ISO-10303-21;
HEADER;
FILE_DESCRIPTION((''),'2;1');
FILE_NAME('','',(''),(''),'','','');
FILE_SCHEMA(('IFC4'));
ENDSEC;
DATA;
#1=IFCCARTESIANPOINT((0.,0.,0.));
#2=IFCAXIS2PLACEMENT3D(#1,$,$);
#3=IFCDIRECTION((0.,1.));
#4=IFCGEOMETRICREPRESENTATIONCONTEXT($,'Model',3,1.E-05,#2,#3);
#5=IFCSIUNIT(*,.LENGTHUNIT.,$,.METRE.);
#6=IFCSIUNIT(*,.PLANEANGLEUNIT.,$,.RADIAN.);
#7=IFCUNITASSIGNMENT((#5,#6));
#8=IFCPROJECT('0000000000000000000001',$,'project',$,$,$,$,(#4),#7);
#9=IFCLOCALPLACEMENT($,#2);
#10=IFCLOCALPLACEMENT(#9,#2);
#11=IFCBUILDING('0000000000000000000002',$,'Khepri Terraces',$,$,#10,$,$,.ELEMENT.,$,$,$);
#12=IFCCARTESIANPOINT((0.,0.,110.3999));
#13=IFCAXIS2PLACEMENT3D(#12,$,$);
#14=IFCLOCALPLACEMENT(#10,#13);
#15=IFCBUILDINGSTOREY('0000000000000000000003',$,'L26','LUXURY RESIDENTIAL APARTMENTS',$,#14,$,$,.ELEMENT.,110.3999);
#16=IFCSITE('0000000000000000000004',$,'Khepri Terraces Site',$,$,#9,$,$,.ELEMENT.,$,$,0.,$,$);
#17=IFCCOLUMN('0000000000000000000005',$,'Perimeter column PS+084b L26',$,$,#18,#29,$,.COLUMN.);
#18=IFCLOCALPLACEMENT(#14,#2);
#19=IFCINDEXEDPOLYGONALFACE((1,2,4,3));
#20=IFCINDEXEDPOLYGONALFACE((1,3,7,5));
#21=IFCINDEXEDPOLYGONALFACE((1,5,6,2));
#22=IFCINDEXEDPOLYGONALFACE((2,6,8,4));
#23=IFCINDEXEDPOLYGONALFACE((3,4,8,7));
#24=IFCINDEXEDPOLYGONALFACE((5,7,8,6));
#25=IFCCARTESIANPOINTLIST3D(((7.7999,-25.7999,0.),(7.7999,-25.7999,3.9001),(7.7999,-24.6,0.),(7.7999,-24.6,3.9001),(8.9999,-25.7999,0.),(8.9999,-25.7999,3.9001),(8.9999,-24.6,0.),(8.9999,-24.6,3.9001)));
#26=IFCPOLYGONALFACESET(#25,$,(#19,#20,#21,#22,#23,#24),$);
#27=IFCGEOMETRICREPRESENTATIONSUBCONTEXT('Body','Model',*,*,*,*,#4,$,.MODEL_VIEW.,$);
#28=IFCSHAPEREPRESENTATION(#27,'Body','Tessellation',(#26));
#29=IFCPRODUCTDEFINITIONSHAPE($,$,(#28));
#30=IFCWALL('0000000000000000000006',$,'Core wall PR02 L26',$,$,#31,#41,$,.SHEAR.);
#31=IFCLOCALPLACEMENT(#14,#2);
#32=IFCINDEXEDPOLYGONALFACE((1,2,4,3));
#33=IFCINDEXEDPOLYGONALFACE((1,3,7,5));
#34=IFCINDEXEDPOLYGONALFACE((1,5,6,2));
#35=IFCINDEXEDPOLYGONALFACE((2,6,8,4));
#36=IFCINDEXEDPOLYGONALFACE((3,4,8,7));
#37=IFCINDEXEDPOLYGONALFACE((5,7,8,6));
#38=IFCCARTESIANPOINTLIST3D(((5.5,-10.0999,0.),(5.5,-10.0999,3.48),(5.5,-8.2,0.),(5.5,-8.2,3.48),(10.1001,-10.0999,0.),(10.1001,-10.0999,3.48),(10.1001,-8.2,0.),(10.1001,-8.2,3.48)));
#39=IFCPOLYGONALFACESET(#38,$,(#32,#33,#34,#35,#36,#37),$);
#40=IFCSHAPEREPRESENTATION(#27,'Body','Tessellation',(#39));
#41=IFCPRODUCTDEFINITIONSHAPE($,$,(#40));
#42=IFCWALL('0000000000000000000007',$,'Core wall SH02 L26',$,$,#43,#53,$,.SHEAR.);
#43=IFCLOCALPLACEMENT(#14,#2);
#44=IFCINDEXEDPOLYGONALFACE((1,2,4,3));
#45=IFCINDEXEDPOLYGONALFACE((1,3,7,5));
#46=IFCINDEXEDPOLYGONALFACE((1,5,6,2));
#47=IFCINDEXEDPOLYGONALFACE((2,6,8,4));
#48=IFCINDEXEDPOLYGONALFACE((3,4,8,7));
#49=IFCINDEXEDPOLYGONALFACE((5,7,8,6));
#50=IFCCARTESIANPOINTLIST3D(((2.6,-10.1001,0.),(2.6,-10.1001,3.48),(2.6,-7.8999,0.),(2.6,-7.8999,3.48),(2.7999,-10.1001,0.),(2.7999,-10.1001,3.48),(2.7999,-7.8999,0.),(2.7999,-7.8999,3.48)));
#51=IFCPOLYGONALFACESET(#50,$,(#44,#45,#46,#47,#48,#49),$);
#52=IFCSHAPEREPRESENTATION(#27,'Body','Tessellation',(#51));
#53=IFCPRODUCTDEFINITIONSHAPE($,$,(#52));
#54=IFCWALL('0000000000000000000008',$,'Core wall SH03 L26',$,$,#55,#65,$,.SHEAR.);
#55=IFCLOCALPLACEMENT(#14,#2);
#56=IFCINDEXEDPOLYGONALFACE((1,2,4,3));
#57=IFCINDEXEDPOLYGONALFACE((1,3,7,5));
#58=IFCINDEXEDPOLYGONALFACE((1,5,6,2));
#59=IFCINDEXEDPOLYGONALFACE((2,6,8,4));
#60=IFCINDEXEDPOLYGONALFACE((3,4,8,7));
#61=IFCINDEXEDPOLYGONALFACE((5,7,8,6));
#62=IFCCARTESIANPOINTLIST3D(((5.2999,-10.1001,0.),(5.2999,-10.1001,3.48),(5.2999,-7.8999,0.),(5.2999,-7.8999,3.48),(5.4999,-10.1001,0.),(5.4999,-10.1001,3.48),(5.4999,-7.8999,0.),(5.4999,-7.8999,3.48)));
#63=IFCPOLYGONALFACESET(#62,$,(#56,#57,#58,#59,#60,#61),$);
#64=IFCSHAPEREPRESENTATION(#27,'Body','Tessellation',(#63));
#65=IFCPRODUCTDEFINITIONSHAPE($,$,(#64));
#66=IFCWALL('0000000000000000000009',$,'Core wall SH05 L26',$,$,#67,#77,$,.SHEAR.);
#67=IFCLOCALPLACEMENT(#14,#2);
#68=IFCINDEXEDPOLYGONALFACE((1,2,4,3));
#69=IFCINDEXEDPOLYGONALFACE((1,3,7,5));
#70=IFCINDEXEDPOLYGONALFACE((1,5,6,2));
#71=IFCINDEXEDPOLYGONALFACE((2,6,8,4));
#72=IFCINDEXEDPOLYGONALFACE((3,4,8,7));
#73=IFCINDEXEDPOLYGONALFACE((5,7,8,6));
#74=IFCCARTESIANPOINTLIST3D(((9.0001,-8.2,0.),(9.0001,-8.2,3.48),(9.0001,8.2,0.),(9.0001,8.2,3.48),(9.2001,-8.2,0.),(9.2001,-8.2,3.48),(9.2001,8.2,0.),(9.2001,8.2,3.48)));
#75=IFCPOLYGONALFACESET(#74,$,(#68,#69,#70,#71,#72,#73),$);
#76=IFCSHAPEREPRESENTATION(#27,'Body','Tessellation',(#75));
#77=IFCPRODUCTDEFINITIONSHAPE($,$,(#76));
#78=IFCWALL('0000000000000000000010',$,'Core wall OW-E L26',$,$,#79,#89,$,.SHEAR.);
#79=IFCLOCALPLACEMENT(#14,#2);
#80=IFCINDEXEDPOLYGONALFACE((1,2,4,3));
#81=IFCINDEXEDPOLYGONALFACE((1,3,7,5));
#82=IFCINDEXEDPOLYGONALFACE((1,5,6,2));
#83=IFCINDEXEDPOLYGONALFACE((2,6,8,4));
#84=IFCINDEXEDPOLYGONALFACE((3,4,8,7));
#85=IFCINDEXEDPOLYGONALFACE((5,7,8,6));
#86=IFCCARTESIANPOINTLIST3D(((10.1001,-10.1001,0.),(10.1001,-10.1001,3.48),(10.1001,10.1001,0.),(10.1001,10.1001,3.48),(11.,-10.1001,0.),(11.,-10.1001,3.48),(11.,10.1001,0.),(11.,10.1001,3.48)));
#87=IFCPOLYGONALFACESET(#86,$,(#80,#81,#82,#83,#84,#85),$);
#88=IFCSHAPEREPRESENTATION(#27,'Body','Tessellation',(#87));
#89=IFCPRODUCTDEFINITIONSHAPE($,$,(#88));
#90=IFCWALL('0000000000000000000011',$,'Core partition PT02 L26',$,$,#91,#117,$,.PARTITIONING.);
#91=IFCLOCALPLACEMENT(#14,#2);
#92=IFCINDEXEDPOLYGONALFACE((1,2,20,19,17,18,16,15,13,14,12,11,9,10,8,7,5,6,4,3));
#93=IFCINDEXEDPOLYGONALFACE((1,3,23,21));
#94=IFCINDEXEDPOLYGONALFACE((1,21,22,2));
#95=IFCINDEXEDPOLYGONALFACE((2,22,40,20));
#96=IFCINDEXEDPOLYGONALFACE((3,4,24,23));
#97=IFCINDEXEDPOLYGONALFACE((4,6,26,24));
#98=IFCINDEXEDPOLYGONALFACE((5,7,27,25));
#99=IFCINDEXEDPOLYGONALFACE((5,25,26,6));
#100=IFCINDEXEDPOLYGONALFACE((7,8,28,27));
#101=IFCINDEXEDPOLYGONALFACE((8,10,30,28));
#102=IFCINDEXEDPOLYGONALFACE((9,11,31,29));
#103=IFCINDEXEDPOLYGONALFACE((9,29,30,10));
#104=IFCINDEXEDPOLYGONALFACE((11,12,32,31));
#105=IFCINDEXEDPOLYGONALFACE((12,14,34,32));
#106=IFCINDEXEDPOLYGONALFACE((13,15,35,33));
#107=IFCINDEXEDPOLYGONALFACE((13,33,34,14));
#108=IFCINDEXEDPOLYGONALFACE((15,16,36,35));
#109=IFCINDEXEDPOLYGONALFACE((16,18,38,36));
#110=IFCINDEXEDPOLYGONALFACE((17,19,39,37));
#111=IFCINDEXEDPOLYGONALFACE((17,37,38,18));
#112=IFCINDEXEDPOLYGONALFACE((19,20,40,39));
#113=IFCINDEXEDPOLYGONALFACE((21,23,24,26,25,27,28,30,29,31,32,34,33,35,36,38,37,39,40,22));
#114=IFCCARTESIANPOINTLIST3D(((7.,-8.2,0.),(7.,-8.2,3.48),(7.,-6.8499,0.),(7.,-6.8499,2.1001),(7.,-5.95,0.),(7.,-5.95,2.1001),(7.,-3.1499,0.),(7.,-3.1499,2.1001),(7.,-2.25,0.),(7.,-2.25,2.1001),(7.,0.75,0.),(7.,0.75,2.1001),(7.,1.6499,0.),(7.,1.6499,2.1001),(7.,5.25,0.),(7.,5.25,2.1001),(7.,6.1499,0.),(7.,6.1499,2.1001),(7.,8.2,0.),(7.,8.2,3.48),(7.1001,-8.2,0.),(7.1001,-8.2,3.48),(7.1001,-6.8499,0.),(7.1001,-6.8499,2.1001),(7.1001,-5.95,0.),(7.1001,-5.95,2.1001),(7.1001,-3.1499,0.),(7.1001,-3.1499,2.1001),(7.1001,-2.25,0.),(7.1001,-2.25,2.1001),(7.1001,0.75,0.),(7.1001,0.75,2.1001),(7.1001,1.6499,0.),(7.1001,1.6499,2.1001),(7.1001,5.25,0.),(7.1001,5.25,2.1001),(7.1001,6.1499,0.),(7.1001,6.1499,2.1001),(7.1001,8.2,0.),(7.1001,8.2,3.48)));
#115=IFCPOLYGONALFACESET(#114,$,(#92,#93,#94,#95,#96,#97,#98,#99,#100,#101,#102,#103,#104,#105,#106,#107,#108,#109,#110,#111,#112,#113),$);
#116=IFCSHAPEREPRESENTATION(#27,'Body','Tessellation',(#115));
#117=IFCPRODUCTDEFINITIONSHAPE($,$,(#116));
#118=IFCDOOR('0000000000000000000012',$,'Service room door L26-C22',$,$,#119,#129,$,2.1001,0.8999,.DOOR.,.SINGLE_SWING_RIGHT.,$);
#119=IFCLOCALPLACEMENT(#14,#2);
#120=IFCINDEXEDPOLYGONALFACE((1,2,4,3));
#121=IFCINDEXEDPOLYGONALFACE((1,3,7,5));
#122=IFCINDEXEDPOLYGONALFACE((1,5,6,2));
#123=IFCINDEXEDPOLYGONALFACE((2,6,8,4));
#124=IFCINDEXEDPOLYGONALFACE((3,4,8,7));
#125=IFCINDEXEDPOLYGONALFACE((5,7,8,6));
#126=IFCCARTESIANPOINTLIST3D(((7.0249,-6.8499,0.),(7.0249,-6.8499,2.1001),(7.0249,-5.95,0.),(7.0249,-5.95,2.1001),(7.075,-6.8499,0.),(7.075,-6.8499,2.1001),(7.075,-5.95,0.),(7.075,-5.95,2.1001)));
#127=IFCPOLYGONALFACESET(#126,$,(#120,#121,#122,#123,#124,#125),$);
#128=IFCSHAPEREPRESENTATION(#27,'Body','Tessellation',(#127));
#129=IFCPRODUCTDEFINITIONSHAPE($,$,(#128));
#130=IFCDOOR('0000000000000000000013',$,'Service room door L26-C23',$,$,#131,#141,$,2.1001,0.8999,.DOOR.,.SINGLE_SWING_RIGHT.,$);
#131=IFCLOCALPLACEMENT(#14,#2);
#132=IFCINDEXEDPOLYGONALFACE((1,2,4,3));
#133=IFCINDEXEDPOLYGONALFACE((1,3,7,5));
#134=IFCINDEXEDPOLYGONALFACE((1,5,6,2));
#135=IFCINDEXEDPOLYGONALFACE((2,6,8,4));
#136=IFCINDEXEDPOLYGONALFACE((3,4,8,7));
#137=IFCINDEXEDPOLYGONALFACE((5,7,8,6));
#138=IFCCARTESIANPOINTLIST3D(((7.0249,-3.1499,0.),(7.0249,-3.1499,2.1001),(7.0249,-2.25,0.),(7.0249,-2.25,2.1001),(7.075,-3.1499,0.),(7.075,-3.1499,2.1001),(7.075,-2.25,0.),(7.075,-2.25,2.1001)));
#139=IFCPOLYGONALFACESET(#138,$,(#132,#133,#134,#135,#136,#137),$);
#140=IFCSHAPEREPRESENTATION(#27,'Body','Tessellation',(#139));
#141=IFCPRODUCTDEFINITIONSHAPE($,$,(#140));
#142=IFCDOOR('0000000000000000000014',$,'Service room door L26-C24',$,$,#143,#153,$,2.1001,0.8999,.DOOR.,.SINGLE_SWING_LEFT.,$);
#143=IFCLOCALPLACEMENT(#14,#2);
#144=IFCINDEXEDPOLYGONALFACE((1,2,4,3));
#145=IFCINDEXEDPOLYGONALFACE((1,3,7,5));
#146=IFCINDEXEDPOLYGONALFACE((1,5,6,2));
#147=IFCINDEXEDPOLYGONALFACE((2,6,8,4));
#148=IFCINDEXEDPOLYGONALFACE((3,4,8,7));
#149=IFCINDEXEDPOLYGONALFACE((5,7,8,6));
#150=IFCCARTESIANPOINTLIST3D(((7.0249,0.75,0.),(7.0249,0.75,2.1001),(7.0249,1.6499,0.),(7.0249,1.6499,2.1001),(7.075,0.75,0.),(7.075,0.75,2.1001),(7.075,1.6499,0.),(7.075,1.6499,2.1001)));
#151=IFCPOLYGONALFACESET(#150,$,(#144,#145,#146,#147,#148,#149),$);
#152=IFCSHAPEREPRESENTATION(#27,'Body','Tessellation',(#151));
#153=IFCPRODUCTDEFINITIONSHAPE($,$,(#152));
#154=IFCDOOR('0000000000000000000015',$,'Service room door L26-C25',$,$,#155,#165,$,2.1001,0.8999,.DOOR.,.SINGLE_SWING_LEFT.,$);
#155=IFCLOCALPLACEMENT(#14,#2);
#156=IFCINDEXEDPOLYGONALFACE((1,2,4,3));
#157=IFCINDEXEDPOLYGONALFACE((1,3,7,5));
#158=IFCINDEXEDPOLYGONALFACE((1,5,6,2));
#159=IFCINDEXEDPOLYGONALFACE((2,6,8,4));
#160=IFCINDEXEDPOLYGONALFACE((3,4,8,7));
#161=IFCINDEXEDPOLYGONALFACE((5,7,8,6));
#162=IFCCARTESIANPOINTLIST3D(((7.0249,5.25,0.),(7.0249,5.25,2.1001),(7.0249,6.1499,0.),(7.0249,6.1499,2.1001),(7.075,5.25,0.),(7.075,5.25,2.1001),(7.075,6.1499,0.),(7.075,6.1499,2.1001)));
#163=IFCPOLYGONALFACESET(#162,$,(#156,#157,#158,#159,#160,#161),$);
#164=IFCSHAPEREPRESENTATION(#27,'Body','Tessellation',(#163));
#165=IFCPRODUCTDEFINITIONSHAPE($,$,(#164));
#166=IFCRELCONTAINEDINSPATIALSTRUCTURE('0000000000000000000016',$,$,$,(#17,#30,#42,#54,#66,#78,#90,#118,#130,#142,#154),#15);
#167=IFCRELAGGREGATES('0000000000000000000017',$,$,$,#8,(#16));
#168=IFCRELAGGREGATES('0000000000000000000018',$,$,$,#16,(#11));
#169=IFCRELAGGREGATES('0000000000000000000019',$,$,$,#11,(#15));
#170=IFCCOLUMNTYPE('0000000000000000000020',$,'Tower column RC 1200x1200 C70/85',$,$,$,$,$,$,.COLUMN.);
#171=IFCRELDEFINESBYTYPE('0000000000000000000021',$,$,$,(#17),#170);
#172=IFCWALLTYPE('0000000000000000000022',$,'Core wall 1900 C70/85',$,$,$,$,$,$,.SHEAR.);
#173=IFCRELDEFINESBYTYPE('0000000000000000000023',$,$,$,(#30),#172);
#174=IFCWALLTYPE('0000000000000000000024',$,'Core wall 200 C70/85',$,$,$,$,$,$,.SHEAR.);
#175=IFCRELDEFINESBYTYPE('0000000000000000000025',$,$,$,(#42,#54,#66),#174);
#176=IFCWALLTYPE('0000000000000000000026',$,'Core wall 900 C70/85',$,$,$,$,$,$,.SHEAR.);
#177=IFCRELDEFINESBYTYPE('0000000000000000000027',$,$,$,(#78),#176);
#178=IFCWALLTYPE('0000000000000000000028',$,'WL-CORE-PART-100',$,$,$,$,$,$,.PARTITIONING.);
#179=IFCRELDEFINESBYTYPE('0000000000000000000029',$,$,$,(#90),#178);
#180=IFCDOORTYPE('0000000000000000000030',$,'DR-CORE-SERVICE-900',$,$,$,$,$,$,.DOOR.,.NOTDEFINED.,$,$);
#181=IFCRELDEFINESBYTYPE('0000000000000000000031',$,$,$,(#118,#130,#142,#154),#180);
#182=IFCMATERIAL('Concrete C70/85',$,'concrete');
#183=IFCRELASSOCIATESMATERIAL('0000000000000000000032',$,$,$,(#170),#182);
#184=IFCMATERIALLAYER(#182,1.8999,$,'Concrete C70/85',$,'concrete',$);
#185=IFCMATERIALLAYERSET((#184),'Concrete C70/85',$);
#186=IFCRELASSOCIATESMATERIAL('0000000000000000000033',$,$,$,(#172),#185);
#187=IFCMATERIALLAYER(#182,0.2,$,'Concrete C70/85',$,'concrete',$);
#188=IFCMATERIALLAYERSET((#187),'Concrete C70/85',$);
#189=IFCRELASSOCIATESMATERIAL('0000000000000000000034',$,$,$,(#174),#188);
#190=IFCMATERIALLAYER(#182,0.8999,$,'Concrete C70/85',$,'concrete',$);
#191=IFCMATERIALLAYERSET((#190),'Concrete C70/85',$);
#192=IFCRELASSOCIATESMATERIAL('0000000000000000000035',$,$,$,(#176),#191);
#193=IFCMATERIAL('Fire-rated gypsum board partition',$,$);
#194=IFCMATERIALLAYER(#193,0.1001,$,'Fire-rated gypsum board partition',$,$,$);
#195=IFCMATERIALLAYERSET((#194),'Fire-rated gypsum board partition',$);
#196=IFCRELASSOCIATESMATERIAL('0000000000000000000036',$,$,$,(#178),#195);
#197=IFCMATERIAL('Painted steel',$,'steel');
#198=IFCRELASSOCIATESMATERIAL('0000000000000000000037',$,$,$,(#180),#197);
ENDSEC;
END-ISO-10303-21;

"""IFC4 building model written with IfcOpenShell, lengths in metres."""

from ifc_helpers import new_model, si_unit, direction, frame, frame_2d, origin, origin_2d, place, context, subcontext, project, spatial, rectangle, extrude, material, layer, layer_set, material_profile, profile_set, type_object, element, fill, save


model = new_model("IFC4")

# Units and contexts
model_context = context("Model", 3, precision=1e-05, world=origin(), true_north=direction((0.0, 1.0)))
body_context = subcontext(model_context, "Body", "Model", "MODEL_VIEW")
ifc_project = project(units=[si_unit("LENGTHUNIT", "METRE"), si_unit("PLANEANGLEUNIT", "RADIAN")], contexts=[model_context])

# Site, building, storey
site_placement = place(None, origin())
site = spatial("IfcSite", under=ifc_project, at=site_placement, Name="Khepri Terraces Site", CompositionType="ELEMENT", RefElevation=0.0)
building_placement = place(site_placement, origin())
building = spatial("IfcBuilding", under=site, at=building_placement, Name="Khepri Terraces", CompositionType="ELEMENT")
storey_placement = place(building_placement, frame((0.0, 0.0, 110.3999)))
storey = spatial("IfcBuildingStorey", under=building, at=storey_placement, Name="L26", Description="LUXURY RESIDENTIAL APARTMENTS", CompositionType="ELEMENT", Elevation=110.3999)

# Column
ifc_material_1 = material(Name="Concrete C70/85", Category="concrete")
ifc_material_profile = material_profile(ifc_material_1, rectangle(XDim=1.2, YDim=1.2, at=origin_2d()), Name="Concrete C70/85", Category="concrete")
ifc_profile_set = profile_set([ifc_material_profile], Name="Concrete C70/85")
column_type = type_object("IfcColumnType", Name="Tower column RC 1200x1200 C70/85", PredefinedType="COLUMN", material=ifc_profile_set)
column_placement = place(storey_placement, frame((8.3999, -25.2, 0.0), z_axis=(0.0, 0.0, 1.0), x_axis=(1.0, 0.0, 0.0)))
element("IfcColumn", 1, at=column_placement, inside=storey, type_object=column_type, Name="Perimeter column PS+084b L26", PredefinedType="COLUMN", context=body_context, shape_type="SweptSolid", body=[
    extrude(rectangle(XDim=1.2, YDim=1.2, at=origin_2d()), origin(), (0.0, 0.0, 1.0), 3.9001),
])

# Walls
ifc_layer_1 = layer(ifc_material_1, 1.8999, Name="Concrete C70/85", Category="concrete")
ifc_layer_set_1 = layer_set([ifc_layer_1], Name="Concrete C70/85")
wall_type_1 = type_object("IfcWallType", Name="Core wall 1900 C70/85", PredefinedType="SHEAR", material=ifc_layer_set_1)
wall_1_placement = place(storey_placement, frame((5.5, -9.1499, 0.0), z_axis=(0.0, 0.0, 1.0), x_axis=(1.0, 0.0, 0.0)))
element("IfcWall", 2, at=wall_1_placement, inside=storey, type_object=wall_type_1, Name="Core wall PR02 L26", PredefinedType="SHEAR", context=body_context, shape_type="SweptSolid", body=[
    extrude(rectangle(XDim=4.6001, YDim=1.8999, at=frame_2d((2.3, 0.0))), origin(), (0.0, 0.0, 1.0), 3.48),
])
ifc_layer_2 = layer(ifc_material_1, 0.2, Name="Concrete C70/85", Category="concrete")
ifc_layer_set_2 = layer_set([ifc_layer_2], Name="Concrete C70/85")
wall_type_2 = type_object("IfcWallType", Name="Core wall 200 C70/85", PredefinedType="SHEAR", material=ifc_layer_set_2)
for number, where, z_axis, x_axis, name in (
    (3, (2.7, -10.1001, 0.0), (0.0, 0.0, 1.0), (0.0, 1.0, 0.0), "Core wall SH02 L26"),
    (4, (5.3999, -10.1001, 0.0), (0.0, 0.0, 1.0), (0.0, 1.0, 0.0), "Core wall SH03 L26"),
):
    element("IfcWall", number, at=place(storey_placement, frame(where, z_axis=z_axis, x_axis=x_axis)), inside=storey, type_object=wall_type_2, Name=name, PredefinedType="SHEAR", context=body_context, shape_type="SweptSolid", body=[
        extrude(rectangle(XDim=2.2002, YDim=0.2, at=frame_2d((1.1001, 0.0))), origin(), (0.0, 0.0, 1.0), 3.48),
    ])
wall_2_placement = place(storey_placement, frame((9.1001, -8.2, 0.0), z_axis=(0.0, 0.0, 1.0), x_axis=(0.0, 1.0, 0.0)))
element("IfcWall", 5, at=wall_2_placement, inside=storey, type_object=wall_type_2, Name="Core wall SH05 L26", PredefinedType="SHEAR", context=body_context, shape_type="SweptSolid", body=[
    extrude(rectangle(XDim=16.3999, YDim=0.2, at=frame_2d((8.2, 0.0))), origin(), (0.0, 0.0, 1.0), 3.48),
])
ifc_layer_3 = layer(ifc_material_1, 0.8999, Name="Concrete C70/85", Category="concrete")
ifc_layer_set_3 = layer_set([ifc_layer_3], Name="Concrete C70/85")
wall_type_3 = type_object("IfcWallType", Name="Core wall 900 C70/85", PredefinedType="SHEAR", material=ifc_layer_set_3)
wall_3_placement = place(storey_placement, frame((10.55, -10.1001, 0.0), z_axis=(0.0, 0.0, 1.0), x_axis=(0.0, 1.0, 0.0)))
element("IfcWall", 6, at=wall_3_placement, inside=storey, type_object=wall_type_3, Name="Core wall OW-E L26", PredefinedType="SHEAR", context=body_context, shape_type="SweptSolid", body=[
    extrude(rectangle(XDim=20.2002, YDim=0.8999, at=frame_2d((10.1001, 0.0))), origin(), (0.0, 0.0, 1.0), 3.48),
])

# Wall, openings, doors
ifc_material_2 = material(Name="Fire-rated gypsum board partition")
ifc_layer_4 = layer(ifc_material_2, 0.1001, Name="Fire-rated gypsum board partition")
ifc_layer_set_4 = layer_set([ifc_layer_4], Name="Fire-rated gypsum board partition")
wall_type_4 = type_object("IfcWallType", Name="WL-CORE-PART-100", PredefinedType="PARTITIONING", material=ifc_layer_set_4)
wall_4_placement = place(storey_placement, frame((7.05, -8.2, 0.0), z_axis=(0.0, 0.0, 1.0), x_axis=(0.0, 1.0, 0.0)))
wall_4 = element("IfcWall", 7, at=wall_4_placement, inside=storey, type_object=wall_type_4, Name="Core partition PT02 L26", PredefinedType="PARTITIONING", context=body_context, shape_type="SweptSolid", body=[
    extrude(rectangle(XDim=16.3999, YDim=0.1001, at=frame_2d((8.2, 0.0))), origin(), (0.0, 0.0, 1.0), 3.48),
])
opening_1_placement = place(wall_4_placement, frame((1.3501, 0.0, 0.0)))
opening_1 = element("IfcOpeningElement", 8, at=opening_1_placement, cuts=wall_4, PredefinedType="OPENING", context=body_context, shape_type="SweptSolid", body=[
    extrude(rectangle(XDim=0.8999, YDim=2.1001, at=frame_2d((0.45, 1.05))), frame((0.0, 0.0601, 0.0), z_axis=(0.0, -1.0, 0.0), x_axis=(1.0, 0.0, 0.0)), (0.0, 0.0, 1.0), 0.1201),
])
opening_2_placement = place(wall_4_placement, frame((5.05, 0.0, 0.0)))
opening_2 = element("IfcOpeningElement", 9, at=opening_2_placement, cuts=wall_4, PredefinedType="OPENING", context=body_context, shape_type="SweptSolid", body=[
    extrude(rectangle(XDim=0.8999, YDim=2.1001, at=frame_2d((0.45, 1.05))), frame((0.0, 0.0601, 0.0), z_axis=(0.0, -1.0, 0.0), x_axis=(1.0, 0.0, 0.0)), (0.0, 0.0, 1.0), 0.1201),
])
opening_3_placement = place(wall_4_placement, frame((8.95, 0.0, 0.0)))
opening_3 = element("IfcOpeningElement", 10, at=opening_3_placement, cuts=wall_4, PredefinedType="OPENING", context=body_context, shape_type="SweptSolid", body=[
    extrude(rectangle(XDim=0.8999, YDim=2.1001, at=frame_2d((0.45, 1.05))), frame((0.0, 0.0601, 0.0), z_axis=(0.0, -1.0, 0.0), x_axis=(1.0, 0.0, 0.0)), (0.0, 0.0, 1.0), 0.1201),
])
opening_4_placement = place(wall_4_placement, frame((13.45, 0.0, 0.0)))
opening_4 = element("IfcOpeningElement", 11, at=opening_4_placement, cuts=wall_4, PredefinedType="OPENING", context=body_context, shape_type="SweptSolid", body=[
    extrude(rectangle(XDim=0.8999, YDim=2.1001, at=frame_2d((0.45, 1.05))), frame((0.0, 0.0601, 0.0), z_axis=(0.0, -1.0, 0.0), x_axis=(1.0, 0.0, 0.0)), (0.0, 0.0, 1.0), 0.1201),
])
ifc_material_3 = material(Name="Painted steel", Category="steel")
door_type_1 = type_object("IfcDoorType", Name="DR-CORE-SERVICE-900", OperationType="NOTDEFINED", PredefinedType="DOOR", material=ifc_material_3)
door_1_placement = place(opening_1_placement, frame((0.8999, 0.0, 0.0), z_axis=(0.0, 0.0, 1.0), x_axis=(-1.0, 0.0, 0.0)))
door_1 = element("IfcDoor", 12, at=door_1_placement, inside=storey, type_object=door_type_1, Name="Service room door L26-C22", OperationType="SINGLE_SWING_RIGHT", OverallHeight=2.1001, OverallWidth=0.8999, PredefinedType="DOOR", context=body_context, shape_type="SweptSolid", body=[
    extrude(rectangle(XDim=0.8999, YDim=2.1001, at=frame_2d((0.45, 1.05))), frame((0.0, 0.0249, 0.0), z_axis=(0.0, -1.0, 0.0), x_axis=(1.0, 0.0, 0.0)), (0.0, 0.0, 1.0), 0.05),
])
fill(opening_1, door_1)
door_2_placement = place(opening_2_placement, frame((0.8999, 0.0, 0.0), z_axis=(0.0, 0.0, 1.0), x_axis=(-1.0, 0.0, 0.0)))
door_2 = element("IfcDoor", 13, at=door_2_placement, inside=storey, type_object=door_type_1, Name="Service room door L26-C23", OperationType="SINGLE_SWING_RIGHT", OverallHeight=2.1001, OverallWidth=0.8999, PredefinedType="DOOR", context=body_context, shape_type="SweptSolid", body=[
    extrude(rectangle(XDim=0.8999, YDim=2.1001, at=frame_2d((0.45, 1.05))), frame((0.0, 0.0249, 0.0), z_axis=(0.0, -1.0, 0.0), x_axis=(1.0, 0.0, 0.0)), (0.0, 0.0, 1.0), 0.05),
])
fill(opening_2, door_2)
door_3_placement = place(opening_3_placement, frame((0.8999, 0.0, 0.0), z_axis=(0.0, 0.0, 1.0), x_axis=(-1.0, 0.0, 0.0)))
door_3 = element("IfcDoor", 14, at=door_3_placement, inside=storey, type_object=door_type_1, Name="Service room door L26-C24", OperationType="SINGLE_SWING_LEFT", OverallHeight=2.1001, OverallWidth=0.8999, PredefinedType="DOOR", context=body_context, shape_type="SweptSolid", body=[
    extrude(rectangle(XDim=0.8999, YDim=2.1001, at=frame_2d((0.45, 1.05))), frame((0.0, 0.0249, 0.0), z_axis=(0.0, -1.0, 0.0), x_axis=(1.0, 0.0, 0.0)), (0.0, 0.0, 1.0), 0.05),
])
fill(opening_3, door_3)
door_4_placement = place(opening_4_placement, frame((0.8999, 0.0, 0.0), z_axis=(0.0, 0.0, 1.0), x_axis=(-1.0, 0.0, 0.0)))
door_4 = element("IfcDoor", 15, at=door_4_placement, inside=storey, type_object=door_type_1, Name="Service room door L26-C25", OperationType="SINGLE_SWING_LEFT", OverallHeight=2.1001, OverallWidth=0.8999, PredefinedType="DOOR", context=body_context, shape_type="SweptSolid", body=[
    extrude(rectangle(XDim=0.8999, YDim=2.1001, at=frame_2d((0.45, 1.05))), frame((0.0, 0.0249, 0.0), z_axis=(0.0, -1.0, 0.0), x_axis=(1.0, 0.0, 0.0)), (0.0, 0.0, 1.0), 0.05),
])
fill(opening_4, door_4)

save(model, "model.ifc")
